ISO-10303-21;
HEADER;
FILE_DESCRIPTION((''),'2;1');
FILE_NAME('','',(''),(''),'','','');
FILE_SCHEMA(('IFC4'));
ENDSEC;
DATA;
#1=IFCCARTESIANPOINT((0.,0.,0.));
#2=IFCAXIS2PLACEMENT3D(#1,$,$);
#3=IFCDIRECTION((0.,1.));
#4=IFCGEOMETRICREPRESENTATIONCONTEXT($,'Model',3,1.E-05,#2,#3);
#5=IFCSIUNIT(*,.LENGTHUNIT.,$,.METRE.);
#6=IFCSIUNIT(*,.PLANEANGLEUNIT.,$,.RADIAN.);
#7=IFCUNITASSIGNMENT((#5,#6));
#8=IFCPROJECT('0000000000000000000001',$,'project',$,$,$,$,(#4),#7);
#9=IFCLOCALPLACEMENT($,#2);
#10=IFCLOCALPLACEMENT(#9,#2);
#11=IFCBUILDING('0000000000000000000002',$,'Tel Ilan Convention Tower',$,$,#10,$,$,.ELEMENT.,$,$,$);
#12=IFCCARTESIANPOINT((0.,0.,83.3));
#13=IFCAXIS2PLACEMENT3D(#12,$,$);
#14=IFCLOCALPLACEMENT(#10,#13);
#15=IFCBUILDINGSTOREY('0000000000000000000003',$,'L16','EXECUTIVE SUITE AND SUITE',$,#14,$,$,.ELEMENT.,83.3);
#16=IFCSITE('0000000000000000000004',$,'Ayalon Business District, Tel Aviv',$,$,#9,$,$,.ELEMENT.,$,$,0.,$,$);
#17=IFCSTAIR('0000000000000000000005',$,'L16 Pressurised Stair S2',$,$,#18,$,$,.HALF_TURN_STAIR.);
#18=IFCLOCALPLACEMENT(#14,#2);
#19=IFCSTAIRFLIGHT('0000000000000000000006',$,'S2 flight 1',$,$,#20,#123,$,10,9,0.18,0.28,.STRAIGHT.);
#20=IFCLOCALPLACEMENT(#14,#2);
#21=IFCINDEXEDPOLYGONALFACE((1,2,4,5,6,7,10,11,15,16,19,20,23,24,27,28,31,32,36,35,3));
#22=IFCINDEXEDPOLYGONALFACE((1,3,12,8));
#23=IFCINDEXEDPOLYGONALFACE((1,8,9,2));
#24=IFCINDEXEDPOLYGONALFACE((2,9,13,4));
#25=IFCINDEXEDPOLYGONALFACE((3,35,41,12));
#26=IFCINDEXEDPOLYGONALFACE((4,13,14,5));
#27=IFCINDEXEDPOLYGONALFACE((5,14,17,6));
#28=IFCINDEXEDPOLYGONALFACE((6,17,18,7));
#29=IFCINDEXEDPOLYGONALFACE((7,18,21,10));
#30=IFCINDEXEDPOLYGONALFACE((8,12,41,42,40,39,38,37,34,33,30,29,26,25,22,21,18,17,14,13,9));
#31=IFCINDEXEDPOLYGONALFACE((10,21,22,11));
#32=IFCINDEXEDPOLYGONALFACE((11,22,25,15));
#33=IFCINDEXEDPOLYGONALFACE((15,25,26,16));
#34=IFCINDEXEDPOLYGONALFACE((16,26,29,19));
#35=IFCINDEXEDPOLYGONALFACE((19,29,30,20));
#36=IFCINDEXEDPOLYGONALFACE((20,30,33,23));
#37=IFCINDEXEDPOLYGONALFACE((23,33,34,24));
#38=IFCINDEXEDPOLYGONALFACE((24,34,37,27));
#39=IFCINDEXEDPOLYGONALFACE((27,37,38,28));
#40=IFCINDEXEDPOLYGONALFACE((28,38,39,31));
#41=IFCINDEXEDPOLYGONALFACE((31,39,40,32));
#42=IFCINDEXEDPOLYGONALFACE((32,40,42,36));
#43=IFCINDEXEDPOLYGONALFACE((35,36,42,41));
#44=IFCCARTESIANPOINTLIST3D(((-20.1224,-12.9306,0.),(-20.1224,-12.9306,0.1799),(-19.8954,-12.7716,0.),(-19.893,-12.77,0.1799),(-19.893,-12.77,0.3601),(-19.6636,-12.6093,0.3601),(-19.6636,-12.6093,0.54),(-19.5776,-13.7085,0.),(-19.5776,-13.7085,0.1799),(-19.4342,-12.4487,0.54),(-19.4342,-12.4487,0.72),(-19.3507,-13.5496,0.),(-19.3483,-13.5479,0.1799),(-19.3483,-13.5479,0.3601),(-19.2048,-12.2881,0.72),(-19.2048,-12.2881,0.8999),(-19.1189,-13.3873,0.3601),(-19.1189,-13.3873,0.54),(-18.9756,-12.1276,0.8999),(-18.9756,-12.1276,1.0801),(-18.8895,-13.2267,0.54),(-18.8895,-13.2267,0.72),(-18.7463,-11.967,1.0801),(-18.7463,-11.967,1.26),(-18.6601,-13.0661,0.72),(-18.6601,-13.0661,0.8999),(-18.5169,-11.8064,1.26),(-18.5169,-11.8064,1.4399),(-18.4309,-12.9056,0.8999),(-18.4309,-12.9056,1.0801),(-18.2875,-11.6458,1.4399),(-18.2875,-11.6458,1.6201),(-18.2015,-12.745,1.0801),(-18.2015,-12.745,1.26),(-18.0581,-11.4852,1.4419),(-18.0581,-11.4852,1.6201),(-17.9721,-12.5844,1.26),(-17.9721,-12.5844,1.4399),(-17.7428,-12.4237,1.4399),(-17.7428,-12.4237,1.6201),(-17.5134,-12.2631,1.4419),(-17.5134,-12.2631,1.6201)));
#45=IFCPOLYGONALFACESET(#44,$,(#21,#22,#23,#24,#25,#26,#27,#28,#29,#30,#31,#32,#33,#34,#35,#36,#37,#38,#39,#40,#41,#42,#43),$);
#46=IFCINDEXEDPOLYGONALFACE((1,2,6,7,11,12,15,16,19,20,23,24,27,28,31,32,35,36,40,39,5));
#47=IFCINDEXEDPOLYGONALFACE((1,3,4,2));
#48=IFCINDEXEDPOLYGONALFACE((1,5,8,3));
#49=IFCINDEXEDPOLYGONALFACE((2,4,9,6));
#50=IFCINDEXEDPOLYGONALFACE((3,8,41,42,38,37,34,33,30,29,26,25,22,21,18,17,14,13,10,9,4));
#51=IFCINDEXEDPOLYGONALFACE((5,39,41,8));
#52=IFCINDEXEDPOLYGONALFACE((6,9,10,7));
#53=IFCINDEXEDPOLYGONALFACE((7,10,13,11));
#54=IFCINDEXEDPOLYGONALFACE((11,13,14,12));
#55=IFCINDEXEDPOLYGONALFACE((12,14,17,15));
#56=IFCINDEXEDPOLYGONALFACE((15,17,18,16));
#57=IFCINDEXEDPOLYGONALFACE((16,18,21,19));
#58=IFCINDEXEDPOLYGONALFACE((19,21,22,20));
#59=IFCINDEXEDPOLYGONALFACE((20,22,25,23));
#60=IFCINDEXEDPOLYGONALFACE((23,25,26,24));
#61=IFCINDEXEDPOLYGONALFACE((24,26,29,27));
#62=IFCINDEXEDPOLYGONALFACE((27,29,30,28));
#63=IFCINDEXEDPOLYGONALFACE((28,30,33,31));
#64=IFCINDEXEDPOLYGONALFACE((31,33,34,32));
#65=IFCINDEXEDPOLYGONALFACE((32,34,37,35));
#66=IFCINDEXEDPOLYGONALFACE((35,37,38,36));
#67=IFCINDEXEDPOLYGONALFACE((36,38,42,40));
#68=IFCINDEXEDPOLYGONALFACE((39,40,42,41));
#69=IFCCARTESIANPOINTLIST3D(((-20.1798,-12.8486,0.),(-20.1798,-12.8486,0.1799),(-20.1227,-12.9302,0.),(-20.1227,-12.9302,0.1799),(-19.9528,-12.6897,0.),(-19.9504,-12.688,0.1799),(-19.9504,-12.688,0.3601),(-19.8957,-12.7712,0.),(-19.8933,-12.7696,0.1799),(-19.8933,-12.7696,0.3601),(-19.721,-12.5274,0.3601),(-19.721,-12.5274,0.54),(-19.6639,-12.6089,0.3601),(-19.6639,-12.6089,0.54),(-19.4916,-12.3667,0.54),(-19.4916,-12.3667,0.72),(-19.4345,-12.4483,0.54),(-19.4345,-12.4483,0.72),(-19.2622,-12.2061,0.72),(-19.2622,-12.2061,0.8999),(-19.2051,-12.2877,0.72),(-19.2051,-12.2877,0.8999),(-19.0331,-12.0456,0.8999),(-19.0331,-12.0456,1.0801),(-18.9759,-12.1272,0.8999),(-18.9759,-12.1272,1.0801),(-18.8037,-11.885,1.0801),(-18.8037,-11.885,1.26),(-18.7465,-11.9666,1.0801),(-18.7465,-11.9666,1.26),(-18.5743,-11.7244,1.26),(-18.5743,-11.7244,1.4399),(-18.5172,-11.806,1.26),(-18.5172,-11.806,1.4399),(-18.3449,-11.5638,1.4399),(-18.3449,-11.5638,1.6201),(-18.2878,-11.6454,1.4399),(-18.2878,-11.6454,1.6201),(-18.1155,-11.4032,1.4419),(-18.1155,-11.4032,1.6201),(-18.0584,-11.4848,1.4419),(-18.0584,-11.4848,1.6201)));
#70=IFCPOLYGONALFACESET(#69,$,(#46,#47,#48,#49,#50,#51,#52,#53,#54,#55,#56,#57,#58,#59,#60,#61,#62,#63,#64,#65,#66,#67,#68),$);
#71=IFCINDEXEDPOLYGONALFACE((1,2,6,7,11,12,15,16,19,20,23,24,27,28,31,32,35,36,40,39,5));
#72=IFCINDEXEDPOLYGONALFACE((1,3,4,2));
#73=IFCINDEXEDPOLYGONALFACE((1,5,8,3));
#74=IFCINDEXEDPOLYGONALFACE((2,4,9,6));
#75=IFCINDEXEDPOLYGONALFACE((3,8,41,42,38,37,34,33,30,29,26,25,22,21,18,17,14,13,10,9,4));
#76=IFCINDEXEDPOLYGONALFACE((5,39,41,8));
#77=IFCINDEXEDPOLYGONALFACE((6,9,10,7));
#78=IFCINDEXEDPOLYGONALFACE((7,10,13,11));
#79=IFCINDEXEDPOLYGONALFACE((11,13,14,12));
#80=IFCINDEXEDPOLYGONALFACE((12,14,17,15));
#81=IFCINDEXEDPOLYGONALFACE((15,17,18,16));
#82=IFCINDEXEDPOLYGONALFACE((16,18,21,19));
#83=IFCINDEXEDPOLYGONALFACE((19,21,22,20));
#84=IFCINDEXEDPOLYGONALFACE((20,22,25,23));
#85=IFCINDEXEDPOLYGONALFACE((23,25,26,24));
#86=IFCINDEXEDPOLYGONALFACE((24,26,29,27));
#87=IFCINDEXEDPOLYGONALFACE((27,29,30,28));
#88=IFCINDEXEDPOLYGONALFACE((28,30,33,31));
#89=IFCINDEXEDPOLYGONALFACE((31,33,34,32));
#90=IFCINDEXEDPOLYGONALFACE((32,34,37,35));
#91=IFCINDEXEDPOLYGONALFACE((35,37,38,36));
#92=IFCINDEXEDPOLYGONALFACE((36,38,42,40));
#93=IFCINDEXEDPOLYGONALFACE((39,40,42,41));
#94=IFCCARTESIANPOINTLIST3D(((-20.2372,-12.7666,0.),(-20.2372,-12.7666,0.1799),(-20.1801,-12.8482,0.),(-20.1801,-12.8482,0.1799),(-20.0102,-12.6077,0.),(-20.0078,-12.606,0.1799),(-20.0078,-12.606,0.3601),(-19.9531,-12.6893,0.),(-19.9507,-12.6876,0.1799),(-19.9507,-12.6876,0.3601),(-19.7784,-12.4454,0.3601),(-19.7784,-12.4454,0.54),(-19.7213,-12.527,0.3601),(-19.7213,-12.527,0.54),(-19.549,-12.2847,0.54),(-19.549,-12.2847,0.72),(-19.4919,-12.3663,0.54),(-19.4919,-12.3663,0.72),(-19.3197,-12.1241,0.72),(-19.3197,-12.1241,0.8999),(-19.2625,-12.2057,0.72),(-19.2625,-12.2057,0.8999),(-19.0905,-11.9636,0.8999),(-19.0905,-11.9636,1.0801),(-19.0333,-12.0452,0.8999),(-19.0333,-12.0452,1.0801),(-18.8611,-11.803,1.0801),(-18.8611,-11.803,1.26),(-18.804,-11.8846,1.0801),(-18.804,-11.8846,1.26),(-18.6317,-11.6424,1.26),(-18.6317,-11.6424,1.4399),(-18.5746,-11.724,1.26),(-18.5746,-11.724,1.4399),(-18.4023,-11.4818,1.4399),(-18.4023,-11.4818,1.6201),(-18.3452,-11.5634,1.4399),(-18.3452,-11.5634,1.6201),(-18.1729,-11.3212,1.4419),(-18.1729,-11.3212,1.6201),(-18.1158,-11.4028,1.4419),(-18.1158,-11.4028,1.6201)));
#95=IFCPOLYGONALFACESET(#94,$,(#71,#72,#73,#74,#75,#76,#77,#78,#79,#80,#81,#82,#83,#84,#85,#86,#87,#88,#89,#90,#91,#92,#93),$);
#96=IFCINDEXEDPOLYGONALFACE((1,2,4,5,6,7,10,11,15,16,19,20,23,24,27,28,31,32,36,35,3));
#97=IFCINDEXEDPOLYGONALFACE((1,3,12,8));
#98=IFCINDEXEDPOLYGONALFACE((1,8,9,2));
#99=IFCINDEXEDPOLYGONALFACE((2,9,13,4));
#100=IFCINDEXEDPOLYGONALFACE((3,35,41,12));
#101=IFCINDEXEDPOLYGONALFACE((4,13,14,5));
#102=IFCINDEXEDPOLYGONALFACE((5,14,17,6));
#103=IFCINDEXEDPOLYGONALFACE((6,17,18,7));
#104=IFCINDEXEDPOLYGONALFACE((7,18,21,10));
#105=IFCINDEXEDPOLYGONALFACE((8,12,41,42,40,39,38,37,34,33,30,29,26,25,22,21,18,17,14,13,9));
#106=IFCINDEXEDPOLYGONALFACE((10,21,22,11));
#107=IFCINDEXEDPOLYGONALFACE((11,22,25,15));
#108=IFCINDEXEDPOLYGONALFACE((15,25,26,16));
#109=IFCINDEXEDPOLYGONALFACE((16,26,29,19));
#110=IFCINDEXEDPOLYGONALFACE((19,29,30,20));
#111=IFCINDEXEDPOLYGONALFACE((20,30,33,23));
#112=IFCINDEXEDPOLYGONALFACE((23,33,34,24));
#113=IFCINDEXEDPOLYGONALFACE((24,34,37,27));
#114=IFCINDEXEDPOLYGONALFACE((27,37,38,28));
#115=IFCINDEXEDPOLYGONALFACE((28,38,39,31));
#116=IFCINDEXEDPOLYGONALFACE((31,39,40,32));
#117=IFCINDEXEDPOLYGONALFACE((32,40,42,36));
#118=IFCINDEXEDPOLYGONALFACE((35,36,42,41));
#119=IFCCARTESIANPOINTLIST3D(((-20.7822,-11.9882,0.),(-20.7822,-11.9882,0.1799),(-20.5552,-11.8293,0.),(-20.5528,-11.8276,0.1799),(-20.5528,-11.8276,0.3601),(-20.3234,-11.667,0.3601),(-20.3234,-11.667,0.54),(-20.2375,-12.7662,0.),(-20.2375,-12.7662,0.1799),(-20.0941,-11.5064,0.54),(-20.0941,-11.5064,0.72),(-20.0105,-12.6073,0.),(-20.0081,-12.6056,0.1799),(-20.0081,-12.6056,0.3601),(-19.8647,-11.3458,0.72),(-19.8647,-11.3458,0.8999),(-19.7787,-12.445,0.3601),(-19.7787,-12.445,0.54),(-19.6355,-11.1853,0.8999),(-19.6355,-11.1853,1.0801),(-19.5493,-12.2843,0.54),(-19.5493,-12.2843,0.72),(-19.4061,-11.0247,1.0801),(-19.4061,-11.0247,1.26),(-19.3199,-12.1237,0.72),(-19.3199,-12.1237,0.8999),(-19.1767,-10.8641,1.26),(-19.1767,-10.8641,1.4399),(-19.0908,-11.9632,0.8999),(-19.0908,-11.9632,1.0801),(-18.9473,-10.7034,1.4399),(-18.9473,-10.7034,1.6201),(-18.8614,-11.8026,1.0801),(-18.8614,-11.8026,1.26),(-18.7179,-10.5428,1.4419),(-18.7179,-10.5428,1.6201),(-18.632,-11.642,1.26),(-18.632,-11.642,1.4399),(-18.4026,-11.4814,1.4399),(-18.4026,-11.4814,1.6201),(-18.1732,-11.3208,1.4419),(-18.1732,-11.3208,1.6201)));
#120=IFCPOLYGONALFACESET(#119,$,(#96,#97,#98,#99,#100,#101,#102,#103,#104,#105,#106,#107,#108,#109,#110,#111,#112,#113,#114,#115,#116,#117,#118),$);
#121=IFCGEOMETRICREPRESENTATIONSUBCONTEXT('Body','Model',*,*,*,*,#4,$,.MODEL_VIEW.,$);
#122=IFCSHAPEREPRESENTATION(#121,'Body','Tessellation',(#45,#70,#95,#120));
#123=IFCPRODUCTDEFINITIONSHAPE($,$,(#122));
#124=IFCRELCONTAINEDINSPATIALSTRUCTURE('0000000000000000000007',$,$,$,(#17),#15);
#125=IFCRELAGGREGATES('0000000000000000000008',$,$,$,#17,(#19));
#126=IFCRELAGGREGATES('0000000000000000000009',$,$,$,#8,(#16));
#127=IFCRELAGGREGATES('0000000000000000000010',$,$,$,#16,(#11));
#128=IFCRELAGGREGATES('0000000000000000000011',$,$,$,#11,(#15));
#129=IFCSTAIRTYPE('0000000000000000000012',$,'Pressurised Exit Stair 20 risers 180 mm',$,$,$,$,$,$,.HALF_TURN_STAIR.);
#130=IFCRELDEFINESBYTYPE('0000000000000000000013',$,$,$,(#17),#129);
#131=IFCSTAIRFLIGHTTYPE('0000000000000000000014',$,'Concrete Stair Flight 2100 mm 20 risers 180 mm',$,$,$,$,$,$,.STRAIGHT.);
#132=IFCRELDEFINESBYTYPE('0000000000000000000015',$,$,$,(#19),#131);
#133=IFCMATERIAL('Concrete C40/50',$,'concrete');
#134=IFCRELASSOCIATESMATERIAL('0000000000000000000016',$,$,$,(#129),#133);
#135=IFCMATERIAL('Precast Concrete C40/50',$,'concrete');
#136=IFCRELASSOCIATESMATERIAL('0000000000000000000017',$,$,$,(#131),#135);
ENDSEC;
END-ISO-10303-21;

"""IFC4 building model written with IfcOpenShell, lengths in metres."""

from ifc_helpers import new_model, si_unit, direction, frame, origin, place, context, subcontext, project, spatial, polyline, outline, extrude, material, type_object, element, aggregate, save


model = new_model("IFC4")

# Units and contexts
model_context = context("Model", 3, precision=1e-05, world=origin(), true_north=direction((0.0, 1.0)))
body_context = subcontext(model_context, "Body", "Model", "MODEL_VIEW")
ifc_project = project(units=[si_unit("LENGTHUNIT", "METRE"), si_unit("PLANEANGLEUNIT", "RADIAN")], contexts=[model_context])

# Site, building, storey
site_placement = place(None, origin())
site = spatial("IfcSite", under=ifc_project, at=site_placement, Name="Ayalon Business District, Tel Aviv", CompositionType="ELEMENT", RefElevation=0.0)
building_placement = place(site_placement, origin())
building = spatial("IfcBuilding", under=site, at=building_placement, Name="Tel Ilan Convention Tower", CompositionType="ELEMENT")
storey_placement = place(building_placement, frame((0.0, 0.0, 83.3)))
storey = spatial("IfcBuildingStorey", under=building, at=storey_placement, Name="L16", Description="EXECUTIVE SUITE AND SUITE", CompositionType="ELEMENT", Elevation=83.3)

# Stair, stair flight
ifc_material_1 = material(Name="Concrete C40/50", Category="concrete")
stair_type = type_object("IfcStairType", Name="Pressurised Exit Stair 20 risers 180 mm", PredefinedType="HALF_TURN_STAIR", material=ifc_material_1)
ifc_material_2 = material(Name="Precast Concrete C40/50", Category="concrete")
stair_flight_type = type_object("IfcStairFlightType", Name="Concrete Stair Flight 2100 mm 20 risers 180 mm", PredefinedType="STRAIGHT", material=ifc_material_2)
stair_1_placement = place(storey_placement, origin())
stair_1 = element("IfcStair", 1, at=stair_1_placement, inside=storey, type_object=stair_type, Name="L16 Pressurised Stair S2", PredefinedType="HALF_TURN_STAIR")
stair_flight_1_placement = place(storey_placement, frame((-20.1799, -12.8484, 0.0), z_axis=(0.0, 0.0, 1.0), x_axis=(0.819152, 0.573576, 0.0)))
stair_flight_1 = element("IfcStairFlight", 2, at=stair_flight_1_placement, type_object=stair_flight_type, Name="S2 flight 1", NumberOfRisers=10, NumberOfTreads=9, PredefinedType="STRAIGHT", RiserHeight=0.18, TreadLength=0.28, context=body_context, shape_type="SweptSolid", body=[
    extrude(outline(polyline([(0.0, 0.0), (0.0, 0.1799), (0.28, 0.1799), (0.28, 0.3601), (0.5601, 0.3601), (0.5601, 0.54), (0.8401, 0.54), (0.8401, 0.72), (1.1201, 0.72), (1.1201, 0.8999), (1.3999, 0.8999), (1.3999, 1.0801), (1.6799, 1.0801), (1.6799, 1.26), (1.96, 1.26), (1.96, 1.4399), (2.24, 1.4399), (2.24, 1.6201), (2.52, 1.6201), (2.52, 1.8), (2.52, 1.4419), (0.2771, 0.0), (0.0, 0.0)])), frame((0.0, -0.1003, 0.0), z_axis=(0.0, -1.0, 0.0), x_axis=(1.0, 0.0, 0.0)), (0.0, 0.0, 1.0), 0.9497),
    extrude(outline(polyline([(0.0, 0.0), (0.0, 0.1799), (0.28, 0.1799), (0.28, 0.3601), (0.5601, 0.3601), (0.5601, 0.54), (0.8401, 0.54), (0.8401, 0.72), (1.1201, 0.72), (1.1201, 0.8999), (1.3999, 0.8999), (1.3999, 1.0801), (1.6799, 1.0801), (1.6799, 1.26), (1.96, 1.26), (1.96, 1.4399), (2.24, 1.4399), (2.24, 1.6201), (2.52, 1.6201), (2.52, 1.8), (2.52, 1.4419), (0.2771, 0.0), (0.0, 0.0)])), frame((0.0, -0.0002, 0.0), z_axis=(0.0, -1.0, 0.0), x_axis=(1.0, 0.0, 0.0)), (0.0, 0.0, 1.0), 0.0996),
    extrude(outline(polyline([(0.0, 0.0), (0.0, 0.1799), (0.28, 0.1799), (0.28, 0.3601), (0.5601, 0.3601), (0.5601, 0.54), (0.8401, 0.54), (0.8401, 0.72), (1.1201, 0.72), (1.1201, 0.8999), (1.3999, 0.8999), (1.3999, 1.0801), (1.6799, 1.0801), (1.6799, 1.26), (1.96, 1.26), (1.96, 1.4399), (2.24, 1.4399), (2.24, 1.6201), (2.52, 1.6201), (2.52, 1.8), (2.52, 1.4419), (0.2771, 0.0), (0.0, 0.0)])), frame((0.0, 0.0999, 0.0), z_axis=(0.0, -1.0, 0.0), x_axis=(1.0, 0.0, 0.0)), (0.0, 0.0, 1.0), 0.0996),
    extrude(outline(polyline([(0.0, 0.0), (0.0, 0.1799), (0.28, 0.1799), (0.28, 0.3601), (0.5601, 0.3601), (0.5601, 0.54), (0.8401, 0.54), (0.8401, 0.72), (1.1201, 0.72), (1.1201, 0.8999), (1.3999, 0.8999), (1.3999, 1.0801), (1.6799, 1.0801), (1.6799, 1.26), (1.96, 1.26), (1.96, 1.4399), (2.24, 1.4399), (2.24, 1.6201), (2.52, 1.6201), (2.52, 1.8), (2.52, 1.4419), (0.2771, 0.0), (0.0, 0.0)])), frame((0.0, 1.05, 0.0), z_axis=(0.0, -1.0, 0.0), x_axis=(1.0, 0.0, 0.0)), (0.0, 0.0, 1.0), 0.9497),
])
aggregate(stair_1, [stair_flight_1])

save(model, "model.ifc")
